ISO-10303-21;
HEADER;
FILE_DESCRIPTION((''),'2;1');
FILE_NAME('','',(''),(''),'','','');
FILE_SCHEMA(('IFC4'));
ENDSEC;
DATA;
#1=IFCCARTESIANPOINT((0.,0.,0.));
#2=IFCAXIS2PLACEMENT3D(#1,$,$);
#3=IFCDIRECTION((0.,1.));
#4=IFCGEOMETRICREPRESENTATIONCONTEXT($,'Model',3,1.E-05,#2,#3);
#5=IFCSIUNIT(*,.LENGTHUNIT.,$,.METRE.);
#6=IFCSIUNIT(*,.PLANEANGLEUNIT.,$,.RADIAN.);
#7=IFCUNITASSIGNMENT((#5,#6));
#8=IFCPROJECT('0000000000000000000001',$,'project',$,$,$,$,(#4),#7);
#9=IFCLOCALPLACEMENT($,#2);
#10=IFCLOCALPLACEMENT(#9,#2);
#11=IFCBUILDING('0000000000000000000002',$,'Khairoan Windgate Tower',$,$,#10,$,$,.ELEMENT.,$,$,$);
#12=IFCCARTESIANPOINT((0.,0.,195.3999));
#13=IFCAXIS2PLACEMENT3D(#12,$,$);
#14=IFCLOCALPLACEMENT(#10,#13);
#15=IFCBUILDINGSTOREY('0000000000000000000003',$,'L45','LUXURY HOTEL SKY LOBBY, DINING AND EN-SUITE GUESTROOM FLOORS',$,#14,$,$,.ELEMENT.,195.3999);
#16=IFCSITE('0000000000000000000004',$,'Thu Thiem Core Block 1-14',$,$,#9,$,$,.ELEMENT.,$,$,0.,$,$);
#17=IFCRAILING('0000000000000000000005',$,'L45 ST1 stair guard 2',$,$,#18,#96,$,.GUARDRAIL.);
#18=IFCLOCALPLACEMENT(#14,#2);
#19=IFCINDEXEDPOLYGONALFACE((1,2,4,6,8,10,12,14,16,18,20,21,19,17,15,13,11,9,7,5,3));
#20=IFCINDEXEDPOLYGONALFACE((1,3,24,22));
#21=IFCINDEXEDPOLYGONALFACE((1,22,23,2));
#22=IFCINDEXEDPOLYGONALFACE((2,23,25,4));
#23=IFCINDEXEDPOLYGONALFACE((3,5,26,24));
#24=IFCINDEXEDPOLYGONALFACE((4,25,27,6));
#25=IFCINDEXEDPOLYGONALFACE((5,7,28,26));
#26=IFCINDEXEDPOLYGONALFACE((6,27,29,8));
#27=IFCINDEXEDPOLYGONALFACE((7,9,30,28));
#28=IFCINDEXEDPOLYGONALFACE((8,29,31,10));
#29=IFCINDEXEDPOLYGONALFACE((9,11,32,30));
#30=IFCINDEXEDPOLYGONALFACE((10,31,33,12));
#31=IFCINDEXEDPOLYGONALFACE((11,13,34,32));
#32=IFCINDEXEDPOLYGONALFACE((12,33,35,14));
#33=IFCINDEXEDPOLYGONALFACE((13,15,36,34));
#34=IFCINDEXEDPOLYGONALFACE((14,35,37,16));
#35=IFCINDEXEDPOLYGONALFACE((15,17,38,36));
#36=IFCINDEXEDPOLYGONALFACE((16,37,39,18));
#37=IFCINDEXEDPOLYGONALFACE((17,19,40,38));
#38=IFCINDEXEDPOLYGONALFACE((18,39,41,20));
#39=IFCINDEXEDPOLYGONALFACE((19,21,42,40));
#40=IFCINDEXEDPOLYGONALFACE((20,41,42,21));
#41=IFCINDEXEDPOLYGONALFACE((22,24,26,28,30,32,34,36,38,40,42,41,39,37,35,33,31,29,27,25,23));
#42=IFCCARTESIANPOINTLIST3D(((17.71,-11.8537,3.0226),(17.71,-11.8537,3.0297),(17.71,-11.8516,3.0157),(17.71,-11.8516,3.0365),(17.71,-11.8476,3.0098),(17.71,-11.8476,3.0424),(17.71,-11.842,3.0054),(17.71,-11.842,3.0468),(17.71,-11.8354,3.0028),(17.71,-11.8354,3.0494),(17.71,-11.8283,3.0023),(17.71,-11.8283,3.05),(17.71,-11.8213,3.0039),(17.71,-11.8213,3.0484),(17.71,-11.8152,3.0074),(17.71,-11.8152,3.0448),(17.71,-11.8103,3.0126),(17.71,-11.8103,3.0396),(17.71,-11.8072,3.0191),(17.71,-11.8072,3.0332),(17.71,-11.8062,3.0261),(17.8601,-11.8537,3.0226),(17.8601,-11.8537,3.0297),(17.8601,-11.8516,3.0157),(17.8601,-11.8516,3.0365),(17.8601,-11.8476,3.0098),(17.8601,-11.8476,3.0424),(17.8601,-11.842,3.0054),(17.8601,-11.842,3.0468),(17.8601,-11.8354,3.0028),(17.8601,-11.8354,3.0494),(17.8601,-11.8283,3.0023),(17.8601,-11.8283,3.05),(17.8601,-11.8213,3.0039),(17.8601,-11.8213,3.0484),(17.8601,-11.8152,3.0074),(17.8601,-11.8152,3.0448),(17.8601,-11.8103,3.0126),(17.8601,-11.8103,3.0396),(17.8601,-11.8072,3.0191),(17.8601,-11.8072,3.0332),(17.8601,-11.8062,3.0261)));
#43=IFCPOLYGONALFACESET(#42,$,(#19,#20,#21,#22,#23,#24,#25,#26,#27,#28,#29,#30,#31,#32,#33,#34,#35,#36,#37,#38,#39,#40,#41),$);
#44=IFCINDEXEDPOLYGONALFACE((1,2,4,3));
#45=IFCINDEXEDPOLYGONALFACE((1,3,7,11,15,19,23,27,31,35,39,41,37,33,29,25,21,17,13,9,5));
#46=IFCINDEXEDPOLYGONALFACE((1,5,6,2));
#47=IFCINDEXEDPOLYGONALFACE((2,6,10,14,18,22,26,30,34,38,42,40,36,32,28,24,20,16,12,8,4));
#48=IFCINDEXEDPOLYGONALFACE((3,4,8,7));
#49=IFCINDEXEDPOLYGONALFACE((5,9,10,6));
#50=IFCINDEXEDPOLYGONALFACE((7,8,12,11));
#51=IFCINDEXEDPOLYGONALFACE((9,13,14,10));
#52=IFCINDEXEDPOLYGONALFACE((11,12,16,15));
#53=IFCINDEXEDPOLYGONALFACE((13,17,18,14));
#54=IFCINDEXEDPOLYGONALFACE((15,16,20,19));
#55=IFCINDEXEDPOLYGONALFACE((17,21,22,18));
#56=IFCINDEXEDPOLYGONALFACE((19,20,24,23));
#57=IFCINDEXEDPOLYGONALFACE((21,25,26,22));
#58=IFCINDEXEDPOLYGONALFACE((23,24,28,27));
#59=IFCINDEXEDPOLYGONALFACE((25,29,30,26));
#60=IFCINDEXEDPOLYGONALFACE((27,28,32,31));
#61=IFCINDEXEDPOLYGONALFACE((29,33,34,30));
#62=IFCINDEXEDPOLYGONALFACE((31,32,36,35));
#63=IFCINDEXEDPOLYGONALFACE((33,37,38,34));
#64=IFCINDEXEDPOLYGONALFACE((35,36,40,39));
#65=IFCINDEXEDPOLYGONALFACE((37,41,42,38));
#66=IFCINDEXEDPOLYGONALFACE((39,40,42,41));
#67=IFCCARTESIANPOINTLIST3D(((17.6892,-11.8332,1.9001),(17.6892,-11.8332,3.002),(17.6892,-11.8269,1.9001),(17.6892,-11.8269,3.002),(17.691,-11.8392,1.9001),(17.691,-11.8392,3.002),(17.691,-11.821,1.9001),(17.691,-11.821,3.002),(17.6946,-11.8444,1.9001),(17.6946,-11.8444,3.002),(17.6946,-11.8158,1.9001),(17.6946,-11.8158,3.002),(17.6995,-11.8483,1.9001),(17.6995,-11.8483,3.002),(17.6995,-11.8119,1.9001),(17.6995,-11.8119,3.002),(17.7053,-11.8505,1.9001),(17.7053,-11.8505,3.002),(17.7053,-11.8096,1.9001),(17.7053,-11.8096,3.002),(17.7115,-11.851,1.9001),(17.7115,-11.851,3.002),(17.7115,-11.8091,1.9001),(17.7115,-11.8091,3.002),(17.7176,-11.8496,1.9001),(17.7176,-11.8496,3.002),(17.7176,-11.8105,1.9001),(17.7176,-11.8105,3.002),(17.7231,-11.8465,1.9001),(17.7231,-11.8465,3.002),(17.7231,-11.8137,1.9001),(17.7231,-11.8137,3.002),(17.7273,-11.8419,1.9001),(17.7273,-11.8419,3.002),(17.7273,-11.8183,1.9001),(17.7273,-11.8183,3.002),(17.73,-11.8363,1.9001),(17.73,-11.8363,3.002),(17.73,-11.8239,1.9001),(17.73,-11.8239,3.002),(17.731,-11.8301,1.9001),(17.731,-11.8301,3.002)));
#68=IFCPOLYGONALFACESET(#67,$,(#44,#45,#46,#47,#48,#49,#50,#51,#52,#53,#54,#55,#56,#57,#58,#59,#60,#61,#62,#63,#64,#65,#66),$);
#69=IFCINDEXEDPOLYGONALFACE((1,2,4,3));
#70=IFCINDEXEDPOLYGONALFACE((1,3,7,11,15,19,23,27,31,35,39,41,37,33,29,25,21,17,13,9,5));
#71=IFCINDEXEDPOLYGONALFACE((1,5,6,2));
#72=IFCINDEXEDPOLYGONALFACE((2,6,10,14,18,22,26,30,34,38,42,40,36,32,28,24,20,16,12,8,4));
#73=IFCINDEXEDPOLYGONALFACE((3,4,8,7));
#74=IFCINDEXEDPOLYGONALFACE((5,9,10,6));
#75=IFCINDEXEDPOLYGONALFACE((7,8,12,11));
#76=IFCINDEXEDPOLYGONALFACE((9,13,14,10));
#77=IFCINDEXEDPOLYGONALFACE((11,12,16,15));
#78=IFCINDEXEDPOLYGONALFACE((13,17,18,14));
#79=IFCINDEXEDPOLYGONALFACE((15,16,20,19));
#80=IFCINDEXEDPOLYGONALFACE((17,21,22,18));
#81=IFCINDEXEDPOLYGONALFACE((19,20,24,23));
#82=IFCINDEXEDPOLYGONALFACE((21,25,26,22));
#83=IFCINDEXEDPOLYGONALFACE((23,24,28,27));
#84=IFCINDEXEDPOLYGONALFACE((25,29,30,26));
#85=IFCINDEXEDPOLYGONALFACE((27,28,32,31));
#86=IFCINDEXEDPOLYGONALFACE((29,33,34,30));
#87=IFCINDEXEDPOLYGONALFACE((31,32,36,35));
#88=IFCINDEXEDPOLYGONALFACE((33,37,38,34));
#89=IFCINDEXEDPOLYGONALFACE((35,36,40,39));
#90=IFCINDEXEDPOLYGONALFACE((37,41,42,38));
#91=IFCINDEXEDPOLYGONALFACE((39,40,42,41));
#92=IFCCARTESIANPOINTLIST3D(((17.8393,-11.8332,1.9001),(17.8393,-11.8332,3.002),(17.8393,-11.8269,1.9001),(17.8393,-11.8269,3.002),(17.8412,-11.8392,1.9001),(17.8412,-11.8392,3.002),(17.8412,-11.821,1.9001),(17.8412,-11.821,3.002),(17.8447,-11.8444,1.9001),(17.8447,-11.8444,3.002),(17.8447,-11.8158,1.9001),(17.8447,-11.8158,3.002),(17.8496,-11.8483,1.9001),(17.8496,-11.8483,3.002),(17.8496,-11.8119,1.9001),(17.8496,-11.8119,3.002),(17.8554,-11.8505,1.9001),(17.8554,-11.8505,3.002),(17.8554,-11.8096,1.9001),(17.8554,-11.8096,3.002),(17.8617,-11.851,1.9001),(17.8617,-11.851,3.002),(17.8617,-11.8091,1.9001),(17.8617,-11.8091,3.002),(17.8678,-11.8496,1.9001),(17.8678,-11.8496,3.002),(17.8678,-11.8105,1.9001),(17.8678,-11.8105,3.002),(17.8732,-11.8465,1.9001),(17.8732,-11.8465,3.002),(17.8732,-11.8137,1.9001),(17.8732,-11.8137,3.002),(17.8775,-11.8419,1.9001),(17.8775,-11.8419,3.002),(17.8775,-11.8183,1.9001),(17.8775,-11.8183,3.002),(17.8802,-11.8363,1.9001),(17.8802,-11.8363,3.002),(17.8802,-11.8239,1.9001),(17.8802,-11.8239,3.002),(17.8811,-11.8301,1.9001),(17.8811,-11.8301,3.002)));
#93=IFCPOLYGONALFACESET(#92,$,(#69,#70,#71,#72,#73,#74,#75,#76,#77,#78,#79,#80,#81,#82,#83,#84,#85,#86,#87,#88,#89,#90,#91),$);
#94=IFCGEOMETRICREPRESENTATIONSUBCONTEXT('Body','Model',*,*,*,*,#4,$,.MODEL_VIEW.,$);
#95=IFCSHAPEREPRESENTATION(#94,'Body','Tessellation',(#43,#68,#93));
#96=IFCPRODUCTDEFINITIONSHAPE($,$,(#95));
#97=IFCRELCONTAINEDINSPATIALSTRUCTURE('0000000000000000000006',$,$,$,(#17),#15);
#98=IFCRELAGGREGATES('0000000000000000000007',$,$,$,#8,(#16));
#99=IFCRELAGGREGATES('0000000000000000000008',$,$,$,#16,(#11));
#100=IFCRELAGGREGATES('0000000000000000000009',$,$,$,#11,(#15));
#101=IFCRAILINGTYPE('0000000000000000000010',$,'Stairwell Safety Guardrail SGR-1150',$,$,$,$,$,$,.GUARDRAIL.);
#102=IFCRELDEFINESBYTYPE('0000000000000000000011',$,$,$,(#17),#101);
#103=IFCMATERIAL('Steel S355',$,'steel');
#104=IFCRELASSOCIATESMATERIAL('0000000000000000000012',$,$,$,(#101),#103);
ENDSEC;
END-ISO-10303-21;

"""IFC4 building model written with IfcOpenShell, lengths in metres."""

from ifc_helpers import new_model, si_unit, direction, frame, origin, origin_2d, place, context, subcontext, project, spatial, circle, extrude, material, type_object, element, save


model = new_model("IFC4")

# Units and contexts
model_context = context("Model", 3, precision=1e-05, world=origin(), true_north=direction((0.0, 1.0)))
body_context = subcontext(model_context, "Body", "Model", "MODEL_VIEW")
ifc_project = project(units=[si_unit("LENGTHUNIT", "METRE"), si_unit("PLANEANGLEUNIT", "RADIAN")], contexts=[model_context])

# Site, building, storey
site_placement = place(None, origin())
site = spatial("IfcSite", under=ifc_project, at=site_placement, Name="Thu Thiem Core Block 1-14", CompositionType="ELEMENT", RefElevation=0.0)
building_placement = place(site_placement, origin())
building = spatial("IfcBuilding", under=site, at=building_placement, Name="Khairoan Windgate Tower", CompositionType="ELEMENT")
storey_placement = place(building_placement, frame((0.0, 0.0, 195.3999)))
storey = spatial("IfcBuildingStorey", under=building, at=storey_placement, Name="L45", Description="LUXURY HOTEL SKY LOBBY, DINING AND EN-SUITE GUESTROOM FLOORS", CompositionType="ELEMENT", Elevation=195.3999)

# Railing
ifc_material_1 = material(Name="Steel S355", Category="steel")
railing_type_1 = type_object("IfcRailingType", Name="Stairwell Safety Guardrail SGR-1150", PredefinedType="GUARDRAIL", material=ifc_material_1)
railing_1_placement = place(storey_placement, frame((17.71, -11.8301, 1.9001)))
element("IfcRailing", 1, at=railing_1_placement, inside=storey, type_object=railing_type_1, Name="L45 ST1 stair guard 2", PredefinedType="GUARDRAIL", context=body_context, shape_type="SweptSolid", body=[
    extrude(circle(Radius=0.0239, at=origin_2d()), frame((0.0, 0.0, 1.126), z_axis=(1.0, 0.0, 0.0), x_axis=(0.0, 1.0, 0.0)), (0.0, 0.0, 1.0), 0.1501),
    extrude(circle(Radius=0.021, at=origin_2d()), origin(), (0.0, 0.0, 1.0), 1.1018),
    extrude(circle(Radius=0.021, at=origin_2d()), frame((0.1501, 0.0, 0.0)), (0.0, 0.0, 1.0), 1.1018),
])

save(model, "model.ifc")
